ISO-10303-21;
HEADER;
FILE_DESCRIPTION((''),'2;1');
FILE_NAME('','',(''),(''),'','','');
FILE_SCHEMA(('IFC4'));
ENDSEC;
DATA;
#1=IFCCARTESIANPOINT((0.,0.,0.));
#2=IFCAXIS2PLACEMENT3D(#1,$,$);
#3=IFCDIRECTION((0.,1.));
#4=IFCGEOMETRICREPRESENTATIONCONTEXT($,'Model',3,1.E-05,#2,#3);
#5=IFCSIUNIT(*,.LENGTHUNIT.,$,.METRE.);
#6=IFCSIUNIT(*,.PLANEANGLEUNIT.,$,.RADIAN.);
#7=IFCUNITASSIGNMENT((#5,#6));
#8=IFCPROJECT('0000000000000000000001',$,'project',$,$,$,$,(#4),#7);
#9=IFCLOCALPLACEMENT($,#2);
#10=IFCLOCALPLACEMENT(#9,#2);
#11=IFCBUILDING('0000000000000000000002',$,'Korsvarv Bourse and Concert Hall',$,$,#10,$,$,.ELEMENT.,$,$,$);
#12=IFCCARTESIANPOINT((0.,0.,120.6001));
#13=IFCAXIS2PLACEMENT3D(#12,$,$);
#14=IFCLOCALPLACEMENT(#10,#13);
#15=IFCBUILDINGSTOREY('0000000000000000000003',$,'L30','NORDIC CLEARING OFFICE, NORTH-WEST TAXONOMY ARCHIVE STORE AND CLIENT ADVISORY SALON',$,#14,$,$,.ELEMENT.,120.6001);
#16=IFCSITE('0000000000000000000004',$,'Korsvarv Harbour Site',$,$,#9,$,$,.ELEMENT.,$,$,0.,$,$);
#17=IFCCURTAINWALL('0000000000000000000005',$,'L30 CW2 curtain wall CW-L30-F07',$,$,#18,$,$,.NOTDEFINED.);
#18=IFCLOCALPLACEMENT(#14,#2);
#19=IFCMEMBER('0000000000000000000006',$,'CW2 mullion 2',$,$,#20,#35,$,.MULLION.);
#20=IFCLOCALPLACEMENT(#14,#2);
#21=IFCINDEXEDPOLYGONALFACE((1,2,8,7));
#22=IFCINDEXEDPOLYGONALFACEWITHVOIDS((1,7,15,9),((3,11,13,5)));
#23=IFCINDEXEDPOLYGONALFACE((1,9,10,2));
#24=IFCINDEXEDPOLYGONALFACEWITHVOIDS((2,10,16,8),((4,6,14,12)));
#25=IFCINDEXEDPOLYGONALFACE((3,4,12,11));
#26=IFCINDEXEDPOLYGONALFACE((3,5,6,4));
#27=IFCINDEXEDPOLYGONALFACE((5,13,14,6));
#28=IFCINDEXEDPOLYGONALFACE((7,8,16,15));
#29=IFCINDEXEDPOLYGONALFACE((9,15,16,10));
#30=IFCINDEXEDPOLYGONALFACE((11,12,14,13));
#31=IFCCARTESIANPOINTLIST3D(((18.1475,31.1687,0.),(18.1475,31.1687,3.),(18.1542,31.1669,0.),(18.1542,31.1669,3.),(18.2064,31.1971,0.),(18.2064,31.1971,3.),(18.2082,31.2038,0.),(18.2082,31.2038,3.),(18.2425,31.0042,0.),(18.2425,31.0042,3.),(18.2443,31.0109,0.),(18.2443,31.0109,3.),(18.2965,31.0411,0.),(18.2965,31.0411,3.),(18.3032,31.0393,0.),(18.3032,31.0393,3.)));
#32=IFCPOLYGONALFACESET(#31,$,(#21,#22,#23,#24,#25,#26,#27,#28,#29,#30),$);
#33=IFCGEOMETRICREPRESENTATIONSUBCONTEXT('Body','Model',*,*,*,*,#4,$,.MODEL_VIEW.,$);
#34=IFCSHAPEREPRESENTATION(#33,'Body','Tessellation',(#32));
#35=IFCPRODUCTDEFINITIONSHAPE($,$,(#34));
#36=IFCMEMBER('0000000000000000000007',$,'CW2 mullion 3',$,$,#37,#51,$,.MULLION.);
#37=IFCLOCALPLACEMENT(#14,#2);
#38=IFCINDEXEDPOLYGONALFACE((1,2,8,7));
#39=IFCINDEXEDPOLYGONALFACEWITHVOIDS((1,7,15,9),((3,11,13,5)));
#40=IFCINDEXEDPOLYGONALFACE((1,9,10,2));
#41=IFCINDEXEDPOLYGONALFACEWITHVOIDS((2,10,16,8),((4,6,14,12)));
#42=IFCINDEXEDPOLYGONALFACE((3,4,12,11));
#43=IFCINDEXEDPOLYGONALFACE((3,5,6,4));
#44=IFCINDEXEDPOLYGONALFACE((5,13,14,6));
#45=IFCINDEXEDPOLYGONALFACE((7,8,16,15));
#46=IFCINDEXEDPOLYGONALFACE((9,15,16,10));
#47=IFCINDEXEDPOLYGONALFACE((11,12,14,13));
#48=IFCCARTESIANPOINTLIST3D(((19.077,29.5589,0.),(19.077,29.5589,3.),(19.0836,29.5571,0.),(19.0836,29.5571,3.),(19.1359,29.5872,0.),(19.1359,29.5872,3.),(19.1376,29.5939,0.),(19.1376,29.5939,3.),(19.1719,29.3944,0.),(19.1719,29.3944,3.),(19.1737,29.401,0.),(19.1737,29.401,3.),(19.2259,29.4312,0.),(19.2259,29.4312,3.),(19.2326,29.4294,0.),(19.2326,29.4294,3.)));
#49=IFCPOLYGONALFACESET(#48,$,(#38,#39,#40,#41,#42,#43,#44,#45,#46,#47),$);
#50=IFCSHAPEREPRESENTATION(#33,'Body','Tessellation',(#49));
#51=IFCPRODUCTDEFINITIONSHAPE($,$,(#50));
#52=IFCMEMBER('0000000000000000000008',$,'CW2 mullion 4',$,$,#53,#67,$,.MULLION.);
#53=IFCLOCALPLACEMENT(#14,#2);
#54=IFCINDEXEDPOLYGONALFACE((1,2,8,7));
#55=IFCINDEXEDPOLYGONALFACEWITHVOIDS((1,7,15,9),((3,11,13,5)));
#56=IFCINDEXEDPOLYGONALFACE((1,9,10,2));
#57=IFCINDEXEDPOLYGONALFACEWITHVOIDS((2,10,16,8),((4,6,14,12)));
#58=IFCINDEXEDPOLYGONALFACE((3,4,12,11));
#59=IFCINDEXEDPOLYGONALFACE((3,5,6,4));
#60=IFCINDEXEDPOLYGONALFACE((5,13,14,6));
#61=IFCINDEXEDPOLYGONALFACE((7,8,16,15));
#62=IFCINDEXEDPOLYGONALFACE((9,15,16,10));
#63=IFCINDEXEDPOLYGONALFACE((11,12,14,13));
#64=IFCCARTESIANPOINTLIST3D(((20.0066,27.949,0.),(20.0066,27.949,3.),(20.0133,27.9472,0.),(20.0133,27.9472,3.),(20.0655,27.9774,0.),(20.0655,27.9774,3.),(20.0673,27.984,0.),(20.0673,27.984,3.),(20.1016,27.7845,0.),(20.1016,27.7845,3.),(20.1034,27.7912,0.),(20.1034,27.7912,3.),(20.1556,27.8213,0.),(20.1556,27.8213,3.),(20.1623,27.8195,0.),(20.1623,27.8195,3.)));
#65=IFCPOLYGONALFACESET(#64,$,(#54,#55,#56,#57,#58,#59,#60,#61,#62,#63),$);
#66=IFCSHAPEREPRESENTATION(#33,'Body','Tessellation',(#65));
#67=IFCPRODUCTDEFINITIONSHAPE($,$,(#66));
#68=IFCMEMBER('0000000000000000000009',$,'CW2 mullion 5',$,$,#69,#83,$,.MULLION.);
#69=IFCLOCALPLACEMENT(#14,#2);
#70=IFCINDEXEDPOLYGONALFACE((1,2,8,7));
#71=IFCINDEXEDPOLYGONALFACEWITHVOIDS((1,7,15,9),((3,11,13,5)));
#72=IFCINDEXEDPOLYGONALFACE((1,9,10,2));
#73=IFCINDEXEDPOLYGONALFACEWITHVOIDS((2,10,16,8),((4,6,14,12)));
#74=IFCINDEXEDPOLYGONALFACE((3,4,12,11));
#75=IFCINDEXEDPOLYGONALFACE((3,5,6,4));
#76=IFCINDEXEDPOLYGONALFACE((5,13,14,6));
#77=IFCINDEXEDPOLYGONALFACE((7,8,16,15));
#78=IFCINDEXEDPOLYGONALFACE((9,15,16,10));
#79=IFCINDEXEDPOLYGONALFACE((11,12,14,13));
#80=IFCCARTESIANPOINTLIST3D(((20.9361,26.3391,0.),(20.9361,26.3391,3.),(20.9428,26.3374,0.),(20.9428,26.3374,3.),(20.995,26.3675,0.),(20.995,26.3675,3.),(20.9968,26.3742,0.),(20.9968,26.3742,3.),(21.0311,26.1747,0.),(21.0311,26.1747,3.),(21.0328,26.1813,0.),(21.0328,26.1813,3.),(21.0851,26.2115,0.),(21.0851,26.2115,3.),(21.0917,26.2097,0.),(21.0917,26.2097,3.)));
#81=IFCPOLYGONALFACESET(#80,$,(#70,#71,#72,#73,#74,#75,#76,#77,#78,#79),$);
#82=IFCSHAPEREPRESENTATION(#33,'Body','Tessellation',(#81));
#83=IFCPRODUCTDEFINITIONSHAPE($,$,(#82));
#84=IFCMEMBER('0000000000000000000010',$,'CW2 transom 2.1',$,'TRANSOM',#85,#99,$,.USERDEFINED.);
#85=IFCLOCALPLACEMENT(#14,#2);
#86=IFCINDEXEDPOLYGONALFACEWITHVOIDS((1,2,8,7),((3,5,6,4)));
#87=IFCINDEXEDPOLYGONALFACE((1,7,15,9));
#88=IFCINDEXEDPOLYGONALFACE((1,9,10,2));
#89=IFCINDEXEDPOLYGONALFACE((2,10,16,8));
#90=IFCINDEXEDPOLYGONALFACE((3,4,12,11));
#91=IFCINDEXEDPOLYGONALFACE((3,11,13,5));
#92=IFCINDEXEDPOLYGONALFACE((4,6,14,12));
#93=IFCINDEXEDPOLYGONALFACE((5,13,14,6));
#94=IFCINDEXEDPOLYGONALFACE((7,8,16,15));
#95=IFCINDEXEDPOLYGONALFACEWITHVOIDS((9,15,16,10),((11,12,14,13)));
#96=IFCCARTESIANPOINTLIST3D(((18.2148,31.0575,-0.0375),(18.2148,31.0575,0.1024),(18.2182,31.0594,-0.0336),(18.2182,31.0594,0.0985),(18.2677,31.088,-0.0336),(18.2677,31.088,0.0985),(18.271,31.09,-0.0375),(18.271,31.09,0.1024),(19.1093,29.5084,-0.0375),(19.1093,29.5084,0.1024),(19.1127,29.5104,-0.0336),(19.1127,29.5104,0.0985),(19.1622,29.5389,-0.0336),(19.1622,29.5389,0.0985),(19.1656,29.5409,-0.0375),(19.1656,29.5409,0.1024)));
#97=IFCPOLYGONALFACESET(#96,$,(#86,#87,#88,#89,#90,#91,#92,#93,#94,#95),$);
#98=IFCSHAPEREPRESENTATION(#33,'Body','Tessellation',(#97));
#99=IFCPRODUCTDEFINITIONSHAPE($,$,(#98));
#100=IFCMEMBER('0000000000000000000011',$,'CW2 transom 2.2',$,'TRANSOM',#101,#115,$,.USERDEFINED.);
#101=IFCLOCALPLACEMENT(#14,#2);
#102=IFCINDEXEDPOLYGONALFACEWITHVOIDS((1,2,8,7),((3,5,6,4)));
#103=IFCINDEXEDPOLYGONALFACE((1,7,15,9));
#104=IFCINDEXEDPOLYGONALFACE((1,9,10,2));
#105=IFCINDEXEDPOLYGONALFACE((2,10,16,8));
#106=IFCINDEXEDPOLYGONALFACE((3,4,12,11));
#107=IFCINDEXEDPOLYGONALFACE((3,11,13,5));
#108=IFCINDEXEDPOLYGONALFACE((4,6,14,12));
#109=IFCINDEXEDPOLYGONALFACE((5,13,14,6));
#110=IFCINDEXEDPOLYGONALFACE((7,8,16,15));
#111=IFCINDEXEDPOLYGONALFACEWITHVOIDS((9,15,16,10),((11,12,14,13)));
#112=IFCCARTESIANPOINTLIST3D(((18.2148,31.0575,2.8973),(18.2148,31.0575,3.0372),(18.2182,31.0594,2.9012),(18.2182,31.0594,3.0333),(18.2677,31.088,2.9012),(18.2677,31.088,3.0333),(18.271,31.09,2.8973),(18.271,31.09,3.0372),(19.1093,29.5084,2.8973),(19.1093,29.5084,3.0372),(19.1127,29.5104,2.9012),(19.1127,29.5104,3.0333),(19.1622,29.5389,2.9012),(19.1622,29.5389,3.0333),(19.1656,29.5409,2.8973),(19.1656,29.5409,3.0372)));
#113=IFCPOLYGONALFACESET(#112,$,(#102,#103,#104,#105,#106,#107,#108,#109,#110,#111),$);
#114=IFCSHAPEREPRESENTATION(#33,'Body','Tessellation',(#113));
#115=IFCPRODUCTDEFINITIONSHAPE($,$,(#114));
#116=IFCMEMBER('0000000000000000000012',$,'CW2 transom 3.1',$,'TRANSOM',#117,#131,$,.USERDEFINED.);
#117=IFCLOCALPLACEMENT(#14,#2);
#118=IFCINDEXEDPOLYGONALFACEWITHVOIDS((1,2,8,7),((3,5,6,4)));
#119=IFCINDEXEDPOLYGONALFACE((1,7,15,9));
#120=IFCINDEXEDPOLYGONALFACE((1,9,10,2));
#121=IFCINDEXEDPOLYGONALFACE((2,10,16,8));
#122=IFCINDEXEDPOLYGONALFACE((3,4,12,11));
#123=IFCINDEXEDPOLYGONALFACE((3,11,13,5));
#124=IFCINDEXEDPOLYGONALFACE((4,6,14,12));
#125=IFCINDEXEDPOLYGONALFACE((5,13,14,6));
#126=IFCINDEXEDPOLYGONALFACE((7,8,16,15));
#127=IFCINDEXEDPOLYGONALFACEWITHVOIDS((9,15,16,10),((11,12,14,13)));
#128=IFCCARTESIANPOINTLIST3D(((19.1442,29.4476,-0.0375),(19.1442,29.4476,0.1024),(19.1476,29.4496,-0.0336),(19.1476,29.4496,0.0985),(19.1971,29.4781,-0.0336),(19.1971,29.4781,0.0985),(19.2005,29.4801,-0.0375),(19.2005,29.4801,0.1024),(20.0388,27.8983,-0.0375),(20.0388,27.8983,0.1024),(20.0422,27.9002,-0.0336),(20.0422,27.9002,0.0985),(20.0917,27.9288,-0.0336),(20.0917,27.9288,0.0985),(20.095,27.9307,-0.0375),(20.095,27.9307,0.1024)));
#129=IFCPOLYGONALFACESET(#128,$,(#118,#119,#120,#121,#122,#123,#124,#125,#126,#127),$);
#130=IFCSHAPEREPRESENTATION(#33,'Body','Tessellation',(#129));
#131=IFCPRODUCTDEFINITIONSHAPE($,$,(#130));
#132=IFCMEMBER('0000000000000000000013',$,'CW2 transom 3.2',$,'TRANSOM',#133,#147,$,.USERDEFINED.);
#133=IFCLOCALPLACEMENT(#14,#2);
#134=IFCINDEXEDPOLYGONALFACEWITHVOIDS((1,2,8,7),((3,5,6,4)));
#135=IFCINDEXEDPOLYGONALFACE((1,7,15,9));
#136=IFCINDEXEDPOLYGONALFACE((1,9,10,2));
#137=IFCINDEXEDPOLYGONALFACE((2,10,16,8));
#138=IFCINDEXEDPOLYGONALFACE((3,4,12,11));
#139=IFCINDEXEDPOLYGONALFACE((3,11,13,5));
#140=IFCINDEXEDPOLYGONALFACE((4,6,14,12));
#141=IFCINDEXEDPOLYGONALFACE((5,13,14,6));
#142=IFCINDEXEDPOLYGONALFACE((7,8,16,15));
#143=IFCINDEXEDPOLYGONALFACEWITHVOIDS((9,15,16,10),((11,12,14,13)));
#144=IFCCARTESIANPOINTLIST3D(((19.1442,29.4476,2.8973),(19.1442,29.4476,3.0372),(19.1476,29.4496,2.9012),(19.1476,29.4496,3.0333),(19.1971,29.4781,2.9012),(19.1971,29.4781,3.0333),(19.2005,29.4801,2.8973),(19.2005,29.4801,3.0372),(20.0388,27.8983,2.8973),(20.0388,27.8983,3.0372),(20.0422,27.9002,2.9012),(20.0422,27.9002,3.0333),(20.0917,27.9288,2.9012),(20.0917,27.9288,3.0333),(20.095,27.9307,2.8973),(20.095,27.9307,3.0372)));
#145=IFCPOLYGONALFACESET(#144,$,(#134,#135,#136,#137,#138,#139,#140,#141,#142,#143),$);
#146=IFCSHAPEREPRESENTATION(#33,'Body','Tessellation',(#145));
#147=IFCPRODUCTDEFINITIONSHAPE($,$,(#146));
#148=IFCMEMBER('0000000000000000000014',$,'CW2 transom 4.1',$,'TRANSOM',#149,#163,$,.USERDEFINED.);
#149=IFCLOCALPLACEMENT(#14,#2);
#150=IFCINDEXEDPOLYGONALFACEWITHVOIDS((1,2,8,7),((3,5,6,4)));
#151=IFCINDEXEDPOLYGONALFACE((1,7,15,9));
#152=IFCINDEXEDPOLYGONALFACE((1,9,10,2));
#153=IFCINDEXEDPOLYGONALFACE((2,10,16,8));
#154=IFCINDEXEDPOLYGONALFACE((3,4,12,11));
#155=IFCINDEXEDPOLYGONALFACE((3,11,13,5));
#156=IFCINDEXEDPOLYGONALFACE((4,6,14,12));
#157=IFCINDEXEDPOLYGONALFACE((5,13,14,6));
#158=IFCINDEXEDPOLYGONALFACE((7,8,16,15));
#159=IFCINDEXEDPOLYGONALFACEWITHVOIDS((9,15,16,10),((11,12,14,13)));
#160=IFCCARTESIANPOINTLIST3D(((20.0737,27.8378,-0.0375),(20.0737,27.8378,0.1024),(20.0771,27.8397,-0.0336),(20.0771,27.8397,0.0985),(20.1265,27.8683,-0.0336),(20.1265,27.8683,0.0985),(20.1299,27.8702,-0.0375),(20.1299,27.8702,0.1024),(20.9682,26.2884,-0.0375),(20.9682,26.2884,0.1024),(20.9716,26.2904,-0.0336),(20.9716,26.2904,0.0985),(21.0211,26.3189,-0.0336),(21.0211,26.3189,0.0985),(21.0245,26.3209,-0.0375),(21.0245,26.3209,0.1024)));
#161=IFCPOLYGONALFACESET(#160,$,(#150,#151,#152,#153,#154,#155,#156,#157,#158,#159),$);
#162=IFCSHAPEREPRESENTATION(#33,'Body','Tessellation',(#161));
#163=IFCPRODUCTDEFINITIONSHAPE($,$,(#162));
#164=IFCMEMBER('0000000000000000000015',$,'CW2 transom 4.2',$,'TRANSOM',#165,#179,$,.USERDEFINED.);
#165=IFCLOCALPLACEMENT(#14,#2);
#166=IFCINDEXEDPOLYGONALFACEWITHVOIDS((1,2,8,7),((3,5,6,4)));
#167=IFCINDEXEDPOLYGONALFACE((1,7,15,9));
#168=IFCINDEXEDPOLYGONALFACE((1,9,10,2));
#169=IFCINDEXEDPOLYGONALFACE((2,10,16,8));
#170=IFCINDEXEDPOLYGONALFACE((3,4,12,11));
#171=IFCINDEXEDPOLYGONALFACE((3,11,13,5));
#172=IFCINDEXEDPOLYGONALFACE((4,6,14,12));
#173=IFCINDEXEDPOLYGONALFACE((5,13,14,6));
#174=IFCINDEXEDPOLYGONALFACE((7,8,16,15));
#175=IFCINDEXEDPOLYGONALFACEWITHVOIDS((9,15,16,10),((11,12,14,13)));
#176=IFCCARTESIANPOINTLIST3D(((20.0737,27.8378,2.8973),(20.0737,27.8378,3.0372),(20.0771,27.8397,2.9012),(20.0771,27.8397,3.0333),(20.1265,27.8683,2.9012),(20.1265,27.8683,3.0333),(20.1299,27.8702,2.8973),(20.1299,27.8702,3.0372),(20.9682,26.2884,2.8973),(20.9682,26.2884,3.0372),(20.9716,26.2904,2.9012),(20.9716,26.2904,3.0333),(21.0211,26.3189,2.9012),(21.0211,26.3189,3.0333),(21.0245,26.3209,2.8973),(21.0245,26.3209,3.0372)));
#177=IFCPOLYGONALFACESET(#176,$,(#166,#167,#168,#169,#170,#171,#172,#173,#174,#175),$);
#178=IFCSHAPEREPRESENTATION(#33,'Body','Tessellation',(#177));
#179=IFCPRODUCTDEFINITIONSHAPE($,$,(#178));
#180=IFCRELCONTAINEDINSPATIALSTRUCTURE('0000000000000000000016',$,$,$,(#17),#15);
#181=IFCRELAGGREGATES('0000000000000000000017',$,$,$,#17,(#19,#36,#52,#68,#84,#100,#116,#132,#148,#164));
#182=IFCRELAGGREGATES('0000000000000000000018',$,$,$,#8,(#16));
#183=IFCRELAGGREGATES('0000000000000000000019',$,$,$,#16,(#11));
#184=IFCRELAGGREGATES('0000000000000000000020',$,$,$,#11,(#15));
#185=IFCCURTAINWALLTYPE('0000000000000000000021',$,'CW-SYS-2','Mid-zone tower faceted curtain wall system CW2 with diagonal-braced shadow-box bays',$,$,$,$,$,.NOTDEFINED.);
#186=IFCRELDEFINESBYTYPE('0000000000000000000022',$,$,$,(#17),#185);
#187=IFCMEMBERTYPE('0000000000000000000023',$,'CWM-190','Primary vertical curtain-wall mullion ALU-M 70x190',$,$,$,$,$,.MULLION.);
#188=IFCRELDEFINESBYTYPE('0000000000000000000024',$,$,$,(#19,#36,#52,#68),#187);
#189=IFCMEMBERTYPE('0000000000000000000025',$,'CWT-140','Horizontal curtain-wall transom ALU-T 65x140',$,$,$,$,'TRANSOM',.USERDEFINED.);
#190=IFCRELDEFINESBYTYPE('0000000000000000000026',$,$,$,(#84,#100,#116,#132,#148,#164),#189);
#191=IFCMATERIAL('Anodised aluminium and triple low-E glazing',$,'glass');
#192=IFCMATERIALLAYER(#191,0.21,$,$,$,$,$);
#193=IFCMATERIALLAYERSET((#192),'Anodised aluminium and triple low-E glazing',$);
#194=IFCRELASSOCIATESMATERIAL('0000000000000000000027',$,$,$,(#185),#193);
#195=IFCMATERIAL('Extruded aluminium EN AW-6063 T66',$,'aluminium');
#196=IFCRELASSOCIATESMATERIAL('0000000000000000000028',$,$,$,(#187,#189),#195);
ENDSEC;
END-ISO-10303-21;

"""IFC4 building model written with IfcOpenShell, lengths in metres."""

from ifc_helpers import new_model, si_unit, direction, frame, origin, origin_2d, place, context, subcontext, project, spatial, hollow_rectangle, extrude, source, transform, mapped, material, layer, layer_set, material_profile, profile_set, type_object, element, aggregate, save


model = new_model("IFC4")

# Units and contexts
model_context = context("Model", 3, precision=1e-05, world=origin(), true_north=direction((0.0, 1.0)))
body_context = subcontext(model_context, "Body", "Model", "MODEL_VIEW")
ifc_project = project(units=[si_unit("LENGTHUNIT", "METRE"), si_unit("PLANEANGLEUNIT", "RADIAN")], contexts=[model_context])

# Site, building, storey
site_placement = place(None, origin())
site = spatial("IfcSite", under=ifc_project, at=site_placement, Name="Korsvarv Harbour Site", CompositionType="ELEMENT", RefElevation=0.0)
building_placement = place(site_placement, origin())
building = spatial("IfcBuilding", under=site, at=building_placement, Name="Korsvarv Bourse and Concert Hall", CompositionType="ELEMENT")
storey_placement = place(building_placement, frame((0.0, 0.0, 120.6001)))
storey = spatial("IfcBuildingStorey", under=building, at=storey_placement, Name="L30", Description="NORDIC CLEARING OFFICE, NORTH-WEST TAXONOMY ARCHIVE STORE AND CLIENT ADVISORY SALON", CompositionType="ELEMENT", Elevation=120.6001)

# Curtain wall, members
ifc_material_1 = material(Name="Anodised aluminium and triple low-E glazing", Category="glass")
ifc_layer_1 = layer(ifc_material_1, 0.21)
ifc_layer_set_1 = layer_set([ifc_layer_1], Name="Anodised aluminium and triple low-E glazing")
curtain_wall_type = type_object("IfcCurtainWallType", Name="CW-SYS-2", Description="Mid-zone tower faceted curtain wall system CW2 with diagonal-braced shadow-box bays", PredefinedType="NOTDEFINED", material=ifc_layer_set_1)
curtain_wall_placement = place(storey_placement, origin())
curtain_wall = element("IfcCurtainWall", 1, at=curtain_wall_placement, inside=storey, type_object=curtain_wall_type, Name="L30 CW2 curtain wall CW-L30-F07", PredefinedType="NOTDEFINED")
ifc_material_2 = material(Name="Extruded aluminium EN AW-6063 T66", Category="aluminium")
ifc_material_profile_1 = material_profile(ifc_material_2, hollow_rectangle(XDim=0.0701, YDim=0.1899, WallThickness=0.0049, at=origin_2d()), Name="ALU-M 70x190")
ifc_profile_set_1 = profile_set([ifc_material_profile_1], Name="Extruded aluminium EN AW-6063 T66")
member_type_1 = type_object("IfcMemberType", Name="CWM-190", Description="Primary vertical curtain-wall mullion ALU-M 70x190", PredefinedType="MULLION", material=ifc_profile_set_1)
shared_shape_1 = source(origin(), body_context, "Body", "SweptSolid", [
    extrude(hollow_rectangle(XDim=0.0701, YDim=0.1899, WallThickness=0.0049, at=origin_2d()), origin(), (0.0, 0.0, 1.0), 3.0),
])
member_1_placement = place(storey_placement, frame((18.2253, 31.104, 0.0), z_axis=(0.0, 0.0, 1.0), x_axis=(0.866021, 0.500007, 0.0)))
member_1 = element("IfcMember", 2, at=member_1_placement, type_object=member_type_1, Name="CW2 mullion 2", PredefinedType="MULLION", context=body_context, shape_type="MappedRepresentation", body=[
    mapped(shared_shape_1, transform((0.0, 0.0, 0.0), scale=1.0)),
])
member_2_placement = place(storey_placement, frame((19.1548, 29.4941, 0.0), z_axis=(0.0, 0.0, 1.0), x_axis=(0.866021, 0.500007, 0.0)))
member_2 = element("IfcMember", 3, at=member_2_placement, type_object=member_type_1, Name="CW2 mullion 3", PredefinedType="MULLION", context=body_context, shape_type="MappedRepresentation", body=[
    mapped(shared_shape_1, transform((0.0, 0.0, 0.0), scale=1.0)),
])
member_3_placement = place(storey_placement, frame((20.0845, 27.8843, 0.0), z_axis=(0.0, 0.0, 1.0), x_axis=(0.866021, 0.500007, 0.0)))
member_3 = element("IfcMember", 4, at=member_3_placement, type_object=member_type_1, Name="CW2 mullion 4", PredefinedType="MULLION", context=body_context, shape_type="MappedRepresentation", body=[
    mapped(shared_shape_1, transform((0.0, 0.0, 0.0), scale=1.0)),
])
member_4_placement = place(storey_placement, frame((21.0139, 26.2744, 0.0), z_axis=(0.0, 0.0, 1.0), x_axis=(0.866021, 0.500007, 0.0)))
member_4 = element("IfcMember", 5, at=member_4_placement, type_object=member_type_1, Name="CW2 mullion 5", PredefinedType="MULLION", context=body_context, shape_type="MappedRepresentation", body=[
    mapped(shared_shape_1, transform((0.0, 0.0, 0.0), scale=1.0)),
])
ifc_material_profile_2 = material_profile(ifc_material_2, hollow_rectangle(XDim=0.0649, YDim=0.1399, WallThickness=0.0039, at=origin_2d()), Name="ALU-T 65x140")
ifc_profile_set_2 = profile_set([ifc_material_profile_2], Name="Extruded aluminium EN AW-6063 T66")
member_type_2 = type_object("IfcMemberType", Name="CWT-140", Description="Horizontal curtain-wall transom ALU-T 65x140", ElementType="TRANSOM", PredefinedType="USERDEFINED", material=ifc_profile_set_2)
shared_shape_2 = source(origin(), body_context, "Body", "SweptSolid", [
    extrude(hollow_rectangle(XDim=0.0649, YDim=0.1399, WallThickness=0.0039, at=origin_2d()), origin(), (0.0, 0.0, 1.0), 1.7888),
])
member_5_placement = place(storey_placement, frame((18.2429, 31.0737, 0.0325), z_axis=(0.500073, -0.865983, 0.0), x_axis=(0.865983, 0.500073, 0.0)))
member_5 = element("IfcMember", 6, at=member_5_placement, type_object=member_type_2, Name="CW2 transom 2.1", ObjectType="TRANSOM", PredefinedType="USERDEFINED", context=body_context, shape_type="MappedRepresentation", body=[
    mapped(shared_shape_2, transform((0.0, 0.0, 0.0), scale=1.0)),
])
member_6_placement = place(storey_placement, frame((18.2429, 31.0737, 2.9673), z_axis=(0.500073, -0.865983, 0.0), x_axis=(0.865983, 0.500073, 0.0)))
member_6 = element("IfcMember", 7, at=member_6_placement, type_object=member_type_2, Name="CW2 transom 2.2", ObjectType="TRANSOM", PredefinedType="USERDEFINED", context=body_context, shape_type="MappedRepresentation", body=[
    mapped(shared_shape_2, transform((0.0, 0.0, 0.0), scale=1.0)),
])
shared_shape_3 = source(origin(), body_context, "Body", "SweptSolid", [
    extrude(hollow_rectangle(XDim=0.0649, YDim=0.1399, WallThickness=0.0039, at=origin_2d()), origin(), (0.0, 0.0, 1.0), 1.7891),
])
member_7_placement = place(storey_placement, frame((19.1724, 29.4639, 0.0325), z_axis=(0.500014, -0.866017, 0.0), x_axis=(0.866017, 0.500014, 0.0)))
member_7 = element("IfcMember", 8, at=member_7_placement, type_object=member_type_2, Name="CW2 transom 3.1", ObjectType="TRANSOM", PredefinedType="USERDEFINED", context=body_context, shape_type="MappedRepresentation", body=[
    mapped(shared_shape_3, transform((0.0, 0.0, 0.0), scale=1.0)),
])
member_8_placement = place(storey_placement, frame((19.1724, 29.4639, 2.9673), z_axis=(0.500014, -0.866017, 0.0), x_axis=(0.866017, 0.500014, 0.0)))
member_8 = element("IfcMember", 9, at=member_8_placement, type_object=member_type_2, Name="CW2 transom 3.2", ObjectType="TRANSOM", PredefinedType="USERDEFINED", context=body_context, shape_type="MappedRepresentation", body=[
    mapped(shared_shape_3, transform((0.0, 0.0, 0.0), scale=1.0)),
])
member_9_placement = place(storey_placement, frame((20.1018, 27.854, 0.0325), z_axis=(0.500014, -0.866017, 0.0), x_axis=(0.866017, 0.500014, 0.0)))
member_9 = element("IfcMember", 10, at=member_9_placement, type_object=member_type_2, Name="CW2 transom 4.1", ObjectType="TRANSOM", PredefinedType="USERDEFINED", context=body_context, shape_type="MappedRepresentation", body=[
    mapped(shared_shape_3, transform((0.0, 0.0, 0.0), scale=1.0)),
])
member_10_placement = place(storey_placement, frame((20.1018, 27.854, 2.9673), z_axis=(0.500014, -0.866017, 0.0), x_axis=(0.866017, 0.500014, 0.0)))
member_10 = element("IfcMember", 11, at=member_10_placement, type_object=member_type_2, Name="CW2 transom 4.2", ObjectType="TRANSOM", PredefinedType="USERDEFINED", context=body_context, shape_type="MappedRepresentation", body=[
    mapped(shared_shape_3, transform((0.0, 0.0, 0.0), scale=1.0)),
])

aggregate(curtain_wall, [member_1, member_2, member_3, member_4, member_5, member_6, member_7, member_8, member_9, member_10])

save(model, "model.ifc")
